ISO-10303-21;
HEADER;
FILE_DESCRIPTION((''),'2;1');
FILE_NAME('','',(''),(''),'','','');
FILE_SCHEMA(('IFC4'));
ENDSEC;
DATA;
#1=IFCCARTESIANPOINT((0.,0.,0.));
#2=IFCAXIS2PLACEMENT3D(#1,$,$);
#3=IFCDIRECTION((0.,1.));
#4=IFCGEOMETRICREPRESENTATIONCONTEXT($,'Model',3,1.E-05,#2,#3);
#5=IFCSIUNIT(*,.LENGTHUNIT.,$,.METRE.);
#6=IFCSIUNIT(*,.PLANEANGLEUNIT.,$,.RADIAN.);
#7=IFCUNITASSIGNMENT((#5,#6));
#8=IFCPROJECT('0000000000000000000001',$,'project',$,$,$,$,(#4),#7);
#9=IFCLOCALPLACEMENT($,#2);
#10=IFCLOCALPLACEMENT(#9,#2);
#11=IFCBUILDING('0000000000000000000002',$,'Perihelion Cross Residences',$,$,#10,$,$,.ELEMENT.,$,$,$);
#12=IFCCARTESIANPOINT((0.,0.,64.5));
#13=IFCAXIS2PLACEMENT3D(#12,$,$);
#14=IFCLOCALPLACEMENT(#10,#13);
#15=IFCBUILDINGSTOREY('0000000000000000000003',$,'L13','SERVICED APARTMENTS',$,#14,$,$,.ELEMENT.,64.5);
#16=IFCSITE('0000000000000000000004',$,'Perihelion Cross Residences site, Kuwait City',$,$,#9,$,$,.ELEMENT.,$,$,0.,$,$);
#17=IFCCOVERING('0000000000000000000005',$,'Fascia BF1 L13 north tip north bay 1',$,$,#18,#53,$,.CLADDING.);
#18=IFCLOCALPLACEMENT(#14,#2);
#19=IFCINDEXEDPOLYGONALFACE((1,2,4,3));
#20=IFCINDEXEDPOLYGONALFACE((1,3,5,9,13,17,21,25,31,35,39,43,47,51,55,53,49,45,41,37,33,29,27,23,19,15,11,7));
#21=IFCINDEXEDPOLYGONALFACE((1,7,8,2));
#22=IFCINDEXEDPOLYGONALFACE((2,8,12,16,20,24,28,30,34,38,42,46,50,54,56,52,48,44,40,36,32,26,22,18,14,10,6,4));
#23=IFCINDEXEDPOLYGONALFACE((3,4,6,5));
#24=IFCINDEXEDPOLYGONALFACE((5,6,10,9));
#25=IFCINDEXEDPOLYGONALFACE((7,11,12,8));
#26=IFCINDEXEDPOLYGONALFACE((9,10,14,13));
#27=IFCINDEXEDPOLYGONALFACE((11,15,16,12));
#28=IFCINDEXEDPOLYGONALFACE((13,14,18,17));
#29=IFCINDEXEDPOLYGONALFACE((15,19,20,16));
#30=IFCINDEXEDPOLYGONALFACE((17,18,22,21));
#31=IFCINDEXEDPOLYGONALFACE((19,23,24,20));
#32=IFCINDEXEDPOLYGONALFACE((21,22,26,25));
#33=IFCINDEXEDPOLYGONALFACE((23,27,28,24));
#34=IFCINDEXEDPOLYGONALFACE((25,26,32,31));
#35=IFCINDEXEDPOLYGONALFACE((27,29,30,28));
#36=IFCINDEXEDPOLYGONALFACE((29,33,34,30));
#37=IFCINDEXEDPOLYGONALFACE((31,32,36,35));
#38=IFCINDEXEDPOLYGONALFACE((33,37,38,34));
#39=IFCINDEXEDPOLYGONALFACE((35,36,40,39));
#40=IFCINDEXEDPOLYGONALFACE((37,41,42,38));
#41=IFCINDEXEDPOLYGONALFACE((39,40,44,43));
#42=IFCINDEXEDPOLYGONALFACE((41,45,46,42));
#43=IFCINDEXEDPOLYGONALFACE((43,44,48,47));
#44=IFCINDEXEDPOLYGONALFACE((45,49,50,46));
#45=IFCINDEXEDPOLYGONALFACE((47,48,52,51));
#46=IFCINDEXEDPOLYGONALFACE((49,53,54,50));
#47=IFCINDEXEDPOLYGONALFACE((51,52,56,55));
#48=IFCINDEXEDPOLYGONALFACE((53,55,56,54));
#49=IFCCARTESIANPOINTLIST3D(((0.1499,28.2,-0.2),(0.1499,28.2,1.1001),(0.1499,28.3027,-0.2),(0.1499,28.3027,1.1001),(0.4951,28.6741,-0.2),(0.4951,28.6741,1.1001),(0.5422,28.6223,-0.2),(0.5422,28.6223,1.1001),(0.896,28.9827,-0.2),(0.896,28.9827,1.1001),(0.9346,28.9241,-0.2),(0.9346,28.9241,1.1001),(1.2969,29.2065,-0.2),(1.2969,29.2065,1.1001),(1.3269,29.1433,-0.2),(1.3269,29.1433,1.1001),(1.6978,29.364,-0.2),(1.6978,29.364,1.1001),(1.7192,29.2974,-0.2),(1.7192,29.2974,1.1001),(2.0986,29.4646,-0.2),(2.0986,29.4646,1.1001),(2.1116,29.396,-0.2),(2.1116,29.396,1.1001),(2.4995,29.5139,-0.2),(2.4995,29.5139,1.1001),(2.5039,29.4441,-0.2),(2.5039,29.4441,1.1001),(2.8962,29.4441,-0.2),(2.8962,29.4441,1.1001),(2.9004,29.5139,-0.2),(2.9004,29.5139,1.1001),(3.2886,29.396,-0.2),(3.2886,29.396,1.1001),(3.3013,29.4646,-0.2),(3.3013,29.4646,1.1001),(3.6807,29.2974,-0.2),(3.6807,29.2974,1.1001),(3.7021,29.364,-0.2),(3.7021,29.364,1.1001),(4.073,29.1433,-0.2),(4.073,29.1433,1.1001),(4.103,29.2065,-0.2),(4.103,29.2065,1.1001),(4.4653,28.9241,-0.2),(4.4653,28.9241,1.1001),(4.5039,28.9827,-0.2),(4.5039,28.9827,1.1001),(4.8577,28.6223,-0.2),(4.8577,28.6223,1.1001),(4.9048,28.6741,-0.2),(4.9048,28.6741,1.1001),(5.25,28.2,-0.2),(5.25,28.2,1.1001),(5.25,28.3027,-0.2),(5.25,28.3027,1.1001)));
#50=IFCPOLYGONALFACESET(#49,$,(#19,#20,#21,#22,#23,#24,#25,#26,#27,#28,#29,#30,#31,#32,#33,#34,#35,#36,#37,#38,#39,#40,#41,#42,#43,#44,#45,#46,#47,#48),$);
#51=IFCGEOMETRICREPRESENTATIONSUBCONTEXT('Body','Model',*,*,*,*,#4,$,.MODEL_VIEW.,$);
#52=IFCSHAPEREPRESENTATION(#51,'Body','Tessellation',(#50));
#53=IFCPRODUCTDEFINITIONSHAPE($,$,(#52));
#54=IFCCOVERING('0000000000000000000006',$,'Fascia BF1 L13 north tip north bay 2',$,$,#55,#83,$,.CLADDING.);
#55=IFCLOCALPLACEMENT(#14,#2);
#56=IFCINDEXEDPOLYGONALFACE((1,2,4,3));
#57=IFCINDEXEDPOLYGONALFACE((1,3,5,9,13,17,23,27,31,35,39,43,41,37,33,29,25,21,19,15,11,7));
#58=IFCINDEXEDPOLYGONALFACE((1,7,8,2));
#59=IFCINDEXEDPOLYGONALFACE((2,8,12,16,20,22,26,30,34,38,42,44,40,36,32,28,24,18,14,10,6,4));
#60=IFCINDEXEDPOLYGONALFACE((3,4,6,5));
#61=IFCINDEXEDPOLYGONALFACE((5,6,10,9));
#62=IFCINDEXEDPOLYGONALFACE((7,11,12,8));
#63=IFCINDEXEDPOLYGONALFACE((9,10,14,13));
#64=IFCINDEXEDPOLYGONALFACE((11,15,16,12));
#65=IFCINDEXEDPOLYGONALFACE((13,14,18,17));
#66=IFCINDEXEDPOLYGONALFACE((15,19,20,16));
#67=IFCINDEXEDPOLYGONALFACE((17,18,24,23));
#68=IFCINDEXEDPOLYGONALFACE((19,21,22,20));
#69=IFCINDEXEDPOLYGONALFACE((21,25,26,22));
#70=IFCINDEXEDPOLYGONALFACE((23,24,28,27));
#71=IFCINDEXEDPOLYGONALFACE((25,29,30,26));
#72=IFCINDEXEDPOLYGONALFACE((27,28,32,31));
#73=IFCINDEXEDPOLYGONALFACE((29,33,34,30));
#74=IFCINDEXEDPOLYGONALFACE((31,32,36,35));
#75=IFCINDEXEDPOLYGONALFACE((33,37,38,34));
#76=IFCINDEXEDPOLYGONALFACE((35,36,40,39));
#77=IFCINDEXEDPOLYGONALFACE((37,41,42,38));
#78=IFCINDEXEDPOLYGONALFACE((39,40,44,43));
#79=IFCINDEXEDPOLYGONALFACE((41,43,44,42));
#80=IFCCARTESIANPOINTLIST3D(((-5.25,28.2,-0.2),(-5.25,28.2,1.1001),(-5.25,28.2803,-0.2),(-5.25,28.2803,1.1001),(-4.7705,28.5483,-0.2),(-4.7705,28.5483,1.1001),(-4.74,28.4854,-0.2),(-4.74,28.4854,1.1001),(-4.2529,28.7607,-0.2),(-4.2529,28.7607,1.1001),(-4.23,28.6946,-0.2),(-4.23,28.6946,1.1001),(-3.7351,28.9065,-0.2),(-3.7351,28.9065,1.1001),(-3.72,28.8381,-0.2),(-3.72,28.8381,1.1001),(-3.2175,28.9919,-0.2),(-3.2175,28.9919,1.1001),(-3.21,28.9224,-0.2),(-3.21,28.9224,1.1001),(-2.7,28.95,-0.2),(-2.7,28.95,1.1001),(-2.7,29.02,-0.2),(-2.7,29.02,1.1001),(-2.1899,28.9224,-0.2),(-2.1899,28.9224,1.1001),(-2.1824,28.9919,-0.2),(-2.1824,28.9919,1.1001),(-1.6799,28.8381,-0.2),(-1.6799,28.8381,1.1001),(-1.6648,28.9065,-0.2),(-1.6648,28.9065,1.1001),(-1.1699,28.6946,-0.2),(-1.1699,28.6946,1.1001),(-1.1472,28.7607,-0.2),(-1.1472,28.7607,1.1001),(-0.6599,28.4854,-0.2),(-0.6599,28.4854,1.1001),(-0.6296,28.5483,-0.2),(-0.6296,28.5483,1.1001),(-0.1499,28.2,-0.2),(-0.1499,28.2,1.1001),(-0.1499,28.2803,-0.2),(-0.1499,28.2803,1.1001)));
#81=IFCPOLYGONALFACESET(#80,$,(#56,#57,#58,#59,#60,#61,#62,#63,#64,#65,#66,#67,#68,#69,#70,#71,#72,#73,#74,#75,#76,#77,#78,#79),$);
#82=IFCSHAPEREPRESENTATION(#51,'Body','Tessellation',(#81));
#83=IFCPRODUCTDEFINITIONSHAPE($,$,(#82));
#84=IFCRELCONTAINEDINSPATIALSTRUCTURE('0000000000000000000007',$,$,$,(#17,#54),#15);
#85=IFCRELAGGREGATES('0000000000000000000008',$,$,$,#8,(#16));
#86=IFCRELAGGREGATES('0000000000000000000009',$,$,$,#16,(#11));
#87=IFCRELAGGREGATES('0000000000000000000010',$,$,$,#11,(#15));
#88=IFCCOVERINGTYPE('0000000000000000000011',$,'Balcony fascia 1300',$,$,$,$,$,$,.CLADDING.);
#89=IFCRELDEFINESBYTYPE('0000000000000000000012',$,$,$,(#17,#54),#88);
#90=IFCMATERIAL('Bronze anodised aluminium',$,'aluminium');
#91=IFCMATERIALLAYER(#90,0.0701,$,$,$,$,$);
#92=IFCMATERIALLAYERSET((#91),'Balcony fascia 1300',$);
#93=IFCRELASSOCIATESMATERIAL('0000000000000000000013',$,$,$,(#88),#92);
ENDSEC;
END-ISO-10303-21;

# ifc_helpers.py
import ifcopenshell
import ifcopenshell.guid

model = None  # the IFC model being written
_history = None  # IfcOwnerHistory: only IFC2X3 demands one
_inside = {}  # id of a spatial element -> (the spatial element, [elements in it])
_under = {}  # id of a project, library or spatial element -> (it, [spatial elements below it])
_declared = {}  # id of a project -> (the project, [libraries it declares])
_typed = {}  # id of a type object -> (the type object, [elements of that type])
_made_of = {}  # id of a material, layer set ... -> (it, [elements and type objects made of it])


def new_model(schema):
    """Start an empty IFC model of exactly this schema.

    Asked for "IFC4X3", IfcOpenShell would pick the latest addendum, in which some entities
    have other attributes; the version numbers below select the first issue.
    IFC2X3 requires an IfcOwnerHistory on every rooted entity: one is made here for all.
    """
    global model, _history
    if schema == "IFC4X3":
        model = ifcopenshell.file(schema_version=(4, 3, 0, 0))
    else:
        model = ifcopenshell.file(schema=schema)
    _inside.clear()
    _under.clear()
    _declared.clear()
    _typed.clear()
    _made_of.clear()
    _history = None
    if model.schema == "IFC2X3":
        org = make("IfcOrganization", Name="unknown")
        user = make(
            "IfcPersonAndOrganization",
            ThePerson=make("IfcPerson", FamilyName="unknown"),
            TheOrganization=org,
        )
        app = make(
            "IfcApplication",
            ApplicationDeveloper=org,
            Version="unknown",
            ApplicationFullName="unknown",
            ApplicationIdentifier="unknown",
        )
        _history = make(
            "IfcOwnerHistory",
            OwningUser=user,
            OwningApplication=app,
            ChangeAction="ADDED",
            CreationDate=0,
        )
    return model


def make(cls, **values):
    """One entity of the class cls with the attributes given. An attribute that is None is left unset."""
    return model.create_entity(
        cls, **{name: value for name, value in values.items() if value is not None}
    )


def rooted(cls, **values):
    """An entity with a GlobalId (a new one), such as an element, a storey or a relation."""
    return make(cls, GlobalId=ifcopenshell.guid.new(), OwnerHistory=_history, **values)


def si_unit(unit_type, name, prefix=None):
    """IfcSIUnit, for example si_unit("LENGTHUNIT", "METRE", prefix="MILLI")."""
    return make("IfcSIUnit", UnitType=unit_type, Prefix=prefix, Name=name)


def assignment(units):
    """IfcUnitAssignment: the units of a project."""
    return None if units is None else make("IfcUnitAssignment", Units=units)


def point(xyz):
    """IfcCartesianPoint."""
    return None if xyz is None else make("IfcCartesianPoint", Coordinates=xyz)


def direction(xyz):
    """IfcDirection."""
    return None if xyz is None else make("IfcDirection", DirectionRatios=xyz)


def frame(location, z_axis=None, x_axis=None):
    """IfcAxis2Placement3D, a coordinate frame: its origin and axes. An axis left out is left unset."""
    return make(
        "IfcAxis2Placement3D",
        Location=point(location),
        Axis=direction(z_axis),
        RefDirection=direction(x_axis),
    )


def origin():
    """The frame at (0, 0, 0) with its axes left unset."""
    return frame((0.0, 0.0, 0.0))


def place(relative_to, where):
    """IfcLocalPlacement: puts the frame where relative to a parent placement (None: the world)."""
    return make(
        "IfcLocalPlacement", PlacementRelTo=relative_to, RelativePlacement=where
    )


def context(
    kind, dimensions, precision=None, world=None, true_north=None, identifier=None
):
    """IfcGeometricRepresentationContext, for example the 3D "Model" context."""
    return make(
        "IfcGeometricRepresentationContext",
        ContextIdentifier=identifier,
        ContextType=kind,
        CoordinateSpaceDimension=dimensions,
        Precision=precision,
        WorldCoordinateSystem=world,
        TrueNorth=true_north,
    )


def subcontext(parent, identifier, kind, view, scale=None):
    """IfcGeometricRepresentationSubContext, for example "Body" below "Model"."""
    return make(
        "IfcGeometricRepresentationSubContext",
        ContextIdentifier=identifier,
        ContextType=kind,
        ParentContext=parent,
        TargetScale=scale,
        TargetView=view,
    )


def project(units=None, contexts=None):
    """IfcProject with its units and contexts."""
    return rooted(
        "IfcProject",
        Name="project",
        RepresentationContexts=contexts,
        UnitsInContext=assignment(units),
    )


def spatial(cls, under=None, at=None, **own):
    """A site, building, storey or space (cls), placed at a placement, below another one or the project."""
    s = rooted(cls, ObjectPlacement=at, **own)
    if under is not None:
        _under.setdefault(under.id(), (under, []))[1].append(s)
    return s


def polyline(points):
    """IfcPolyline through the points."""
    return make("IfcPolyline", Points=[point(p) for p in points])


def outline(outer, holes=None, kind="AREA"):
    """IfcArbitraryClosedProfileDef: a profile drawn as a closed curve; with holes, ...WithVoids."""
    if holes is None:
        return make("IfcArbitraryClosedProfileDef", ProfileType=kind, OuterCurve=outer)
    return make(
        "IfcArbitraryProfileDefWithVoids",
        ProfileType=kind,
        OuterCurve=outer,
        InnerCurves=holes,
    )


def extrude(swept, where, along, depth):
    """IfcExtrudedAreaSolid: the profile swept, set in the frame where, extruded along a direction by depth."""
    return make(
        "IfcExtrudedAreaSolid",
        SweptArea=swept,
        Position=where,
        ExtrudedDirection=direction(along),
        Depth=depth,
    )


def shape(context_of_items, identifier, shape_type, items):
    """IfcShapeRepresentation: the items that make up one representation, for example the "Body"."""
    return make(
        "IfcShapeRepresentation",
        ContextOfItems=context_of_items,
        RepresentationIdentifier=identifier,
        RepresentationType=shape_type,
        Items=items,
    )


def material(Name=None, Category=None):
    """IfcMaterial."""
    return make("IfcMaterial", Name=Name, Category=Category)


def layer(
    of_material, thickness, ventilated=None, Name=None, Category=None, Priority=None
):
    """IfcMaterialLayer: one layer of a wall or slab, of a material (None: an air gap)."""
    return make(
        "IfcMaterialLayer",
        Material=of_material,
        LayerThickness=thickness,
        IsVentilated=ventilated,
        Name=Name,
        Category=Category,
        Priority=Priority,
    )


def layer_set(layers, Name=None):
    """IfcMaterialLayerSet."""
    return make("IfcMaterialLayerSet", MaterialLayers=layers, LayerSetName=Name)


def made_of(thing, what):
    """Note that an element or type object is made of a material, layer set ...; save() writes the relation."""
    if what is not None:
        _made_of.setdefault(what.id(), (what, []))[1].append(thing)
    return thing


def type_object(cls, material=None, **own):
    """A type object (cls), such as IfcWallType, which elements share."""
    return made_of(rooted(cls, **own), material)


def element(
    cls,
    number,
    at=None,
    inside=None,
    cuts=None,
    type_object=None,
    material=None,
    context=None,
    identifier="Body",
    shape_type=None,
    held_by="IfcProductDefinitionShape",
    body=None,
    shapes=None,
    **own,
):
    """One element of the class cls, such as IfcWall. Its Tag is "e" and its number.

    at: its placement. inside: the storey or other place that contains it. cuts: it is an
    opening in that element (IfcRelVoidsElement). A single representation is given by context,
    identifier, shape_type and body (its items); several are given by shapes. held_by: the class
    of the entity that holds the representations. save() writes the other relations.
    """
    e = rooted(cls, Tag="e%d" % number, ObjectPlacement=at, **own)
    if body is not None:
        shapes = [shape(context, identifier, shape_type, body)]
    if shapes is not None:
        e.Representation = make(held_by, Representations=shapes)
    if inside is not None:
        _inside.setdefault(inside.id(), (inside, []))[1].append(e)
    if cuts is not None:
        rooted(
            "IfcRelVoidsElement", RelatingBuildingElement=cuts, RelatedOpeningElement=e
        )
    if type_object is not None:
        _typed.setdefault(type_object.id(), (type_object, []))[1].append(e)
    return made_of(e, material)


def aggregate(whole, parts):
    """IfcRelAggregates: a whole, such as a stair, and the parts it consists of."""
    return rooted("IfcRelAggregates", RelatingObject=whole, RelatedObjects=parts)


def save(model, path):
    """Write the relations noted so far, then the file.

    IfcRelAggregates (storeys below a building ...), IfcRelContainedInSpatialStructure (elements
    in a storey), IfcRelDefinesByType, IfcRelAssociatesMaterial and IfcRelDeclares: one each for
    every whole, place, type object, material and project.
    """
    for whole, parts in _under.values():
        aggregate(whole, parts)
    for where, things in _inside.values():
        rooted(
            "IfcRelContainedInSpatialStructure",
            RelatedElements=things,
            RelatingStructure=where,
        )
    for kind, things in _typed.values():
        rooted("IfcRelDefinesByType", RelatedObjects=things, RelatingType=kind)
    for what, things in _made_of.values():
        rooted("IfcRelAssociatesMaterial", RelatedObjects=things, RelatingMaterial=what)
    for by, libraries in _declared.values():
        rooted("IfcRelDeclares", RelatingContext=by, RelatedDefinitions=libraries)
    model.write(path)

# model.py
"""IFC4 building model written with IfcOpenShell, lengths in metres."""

from ifc_helpers import new_model, si_unit, direction, frame, origin, place, context, subcontext, project, spatial, polyline, outline, extrude, material, layer, layer_set, type_object, element, save


model = new_model("IFC4")

# Units and contexts
model_context = context("Model", 3, precision=1e-05, world=origin(), true_north=direction((0.0, 1.0)))
body_context = subcontext(model_context, "Body", "Model", "MODEL_VIEW")
ifc_project = project(units=[si_unit("LENGTHUNIT", "METRE"), si_unit("PLANEANGLEUNIT", "RADIAN")], contexts=[model_context])

# Site, building, storey
site_placement = place(None, origin())
site = spatial("IfcSite", under=ifc_project, at=site_placement, Name="Perihelion Cross Residences site, Kuwait City", CompositionType="ELEMENT", RefElevation=0.0)
building_placement = place(site_placement, origin())
building = spatial("IfcBuilding", under=site, at=building_placement, Name="Perihelion Cross Residences", CompositionType="ELEMENT")
storey_placement = place(building_placement, frame((0.0, 0.0, 64.5)))
storey = spatial("IfcBuildingStorey", under=building, at=storey_placement, Name="L13", Description="SERVICED APARTMENTS", CompositionType="ELEMENT", Elevation=64.5)

# Coverings
ifc_material_1 = material(Name="Bronze anodised aluminium", Category="aluminium")
ifc_layer_1 = layer(ifc_material_1, 0.0701)
ifc_layer_set_1 = layer_set([ifc_layer_1], Name="Balcony fascia 1300")
covering_type = type_object("IfcCoveringType", Name="Balcony fascia 1300", PredefinedType="CLADDING", material=ifc_layer_set_1)
covering_1_placement = place(storey_placement, frame((0.0, 0.0, -0.2)))
element("IfcCovering", 1, at=covering_1_placement, inside=storey, type_object=covering_type, Name="Fascia BF1 L13 north tip north bay 1", PredefinedType="CLADDING", context=body_context, shape_type="SweptSolid", body=[
    extrude(outline(polyline([(4.9048, 28.6741), (4.5039, 28.9827), (4.103, 29.2065), (3.7021, 29.364), (3.3013, 29.4646), (2.9004, 29.5139), (2.4995, 29.5139), (2.0986, 29.4646), (1.6978, 29.364), (1.2969, 29.2065), (0.896, 28.9827), (0.4951, 28.6741), (0.1499, 28.3027), (0.1499, 28.2), (0.5422, 28.6223), (0.9346, 28.9241), (1.3269, 29.1433), (1.7192, 29.2974), (2.1116, 29.396), (2.5039, 29.4441), (2.8962, 29.4441), (3.2886, 29.396), (3.6807, 29.2974), (4.073, 29.1433), (4.4653, 28.9241), (4.8577, 28.6223), (5.25, 28.2), (5.25, 28.3027), (4.9048, 28.6741)])), origin(), (0.0, 0.0, 1.0), 1.3),
])
covering_2_placement = place(storey_placement, frame((0.0, 0.0, -0.2)))
element("IfcCovering", 2, at=covering_2_placement, inside=storey, type_object=covering_type, Name="Fascia BF1 L13 north tip north bay 2", PredefinedType="CLADDING", context=body_context, shape_type="SweptSolid", body=[
    extrude(outline(polyline([(-0.6296, 28.5483), (-1.1472, 28.7607), (-1.6648, 28.9065), (-2.1824, 28.9919), (-2.7, 29.02), (-3.2175, 28.9919), (-3.7351, 28.9065), (-4.2529, 28.7607), (-4.7705, 28.5483), (-5.25, 28.2803), (-5.25, 28.2), (-4.74, 28.4854), (-4.23, 28.6946), (-3.72, 28.8381), (-3.21, 28.9224), (-2.7, 28.95), (-2.1899, 28.9224), (-1.6799, 28.8381), (-1.1699, 28.6946), (-0.6599, 28.4854), (-0.1499, 28.2), (-0.1499, 28.2803), (-0.6296, 28.5483)])), origin(), (0.0, 0.0, 1.0), 1.3),
])

save(model, "model.ifc")
